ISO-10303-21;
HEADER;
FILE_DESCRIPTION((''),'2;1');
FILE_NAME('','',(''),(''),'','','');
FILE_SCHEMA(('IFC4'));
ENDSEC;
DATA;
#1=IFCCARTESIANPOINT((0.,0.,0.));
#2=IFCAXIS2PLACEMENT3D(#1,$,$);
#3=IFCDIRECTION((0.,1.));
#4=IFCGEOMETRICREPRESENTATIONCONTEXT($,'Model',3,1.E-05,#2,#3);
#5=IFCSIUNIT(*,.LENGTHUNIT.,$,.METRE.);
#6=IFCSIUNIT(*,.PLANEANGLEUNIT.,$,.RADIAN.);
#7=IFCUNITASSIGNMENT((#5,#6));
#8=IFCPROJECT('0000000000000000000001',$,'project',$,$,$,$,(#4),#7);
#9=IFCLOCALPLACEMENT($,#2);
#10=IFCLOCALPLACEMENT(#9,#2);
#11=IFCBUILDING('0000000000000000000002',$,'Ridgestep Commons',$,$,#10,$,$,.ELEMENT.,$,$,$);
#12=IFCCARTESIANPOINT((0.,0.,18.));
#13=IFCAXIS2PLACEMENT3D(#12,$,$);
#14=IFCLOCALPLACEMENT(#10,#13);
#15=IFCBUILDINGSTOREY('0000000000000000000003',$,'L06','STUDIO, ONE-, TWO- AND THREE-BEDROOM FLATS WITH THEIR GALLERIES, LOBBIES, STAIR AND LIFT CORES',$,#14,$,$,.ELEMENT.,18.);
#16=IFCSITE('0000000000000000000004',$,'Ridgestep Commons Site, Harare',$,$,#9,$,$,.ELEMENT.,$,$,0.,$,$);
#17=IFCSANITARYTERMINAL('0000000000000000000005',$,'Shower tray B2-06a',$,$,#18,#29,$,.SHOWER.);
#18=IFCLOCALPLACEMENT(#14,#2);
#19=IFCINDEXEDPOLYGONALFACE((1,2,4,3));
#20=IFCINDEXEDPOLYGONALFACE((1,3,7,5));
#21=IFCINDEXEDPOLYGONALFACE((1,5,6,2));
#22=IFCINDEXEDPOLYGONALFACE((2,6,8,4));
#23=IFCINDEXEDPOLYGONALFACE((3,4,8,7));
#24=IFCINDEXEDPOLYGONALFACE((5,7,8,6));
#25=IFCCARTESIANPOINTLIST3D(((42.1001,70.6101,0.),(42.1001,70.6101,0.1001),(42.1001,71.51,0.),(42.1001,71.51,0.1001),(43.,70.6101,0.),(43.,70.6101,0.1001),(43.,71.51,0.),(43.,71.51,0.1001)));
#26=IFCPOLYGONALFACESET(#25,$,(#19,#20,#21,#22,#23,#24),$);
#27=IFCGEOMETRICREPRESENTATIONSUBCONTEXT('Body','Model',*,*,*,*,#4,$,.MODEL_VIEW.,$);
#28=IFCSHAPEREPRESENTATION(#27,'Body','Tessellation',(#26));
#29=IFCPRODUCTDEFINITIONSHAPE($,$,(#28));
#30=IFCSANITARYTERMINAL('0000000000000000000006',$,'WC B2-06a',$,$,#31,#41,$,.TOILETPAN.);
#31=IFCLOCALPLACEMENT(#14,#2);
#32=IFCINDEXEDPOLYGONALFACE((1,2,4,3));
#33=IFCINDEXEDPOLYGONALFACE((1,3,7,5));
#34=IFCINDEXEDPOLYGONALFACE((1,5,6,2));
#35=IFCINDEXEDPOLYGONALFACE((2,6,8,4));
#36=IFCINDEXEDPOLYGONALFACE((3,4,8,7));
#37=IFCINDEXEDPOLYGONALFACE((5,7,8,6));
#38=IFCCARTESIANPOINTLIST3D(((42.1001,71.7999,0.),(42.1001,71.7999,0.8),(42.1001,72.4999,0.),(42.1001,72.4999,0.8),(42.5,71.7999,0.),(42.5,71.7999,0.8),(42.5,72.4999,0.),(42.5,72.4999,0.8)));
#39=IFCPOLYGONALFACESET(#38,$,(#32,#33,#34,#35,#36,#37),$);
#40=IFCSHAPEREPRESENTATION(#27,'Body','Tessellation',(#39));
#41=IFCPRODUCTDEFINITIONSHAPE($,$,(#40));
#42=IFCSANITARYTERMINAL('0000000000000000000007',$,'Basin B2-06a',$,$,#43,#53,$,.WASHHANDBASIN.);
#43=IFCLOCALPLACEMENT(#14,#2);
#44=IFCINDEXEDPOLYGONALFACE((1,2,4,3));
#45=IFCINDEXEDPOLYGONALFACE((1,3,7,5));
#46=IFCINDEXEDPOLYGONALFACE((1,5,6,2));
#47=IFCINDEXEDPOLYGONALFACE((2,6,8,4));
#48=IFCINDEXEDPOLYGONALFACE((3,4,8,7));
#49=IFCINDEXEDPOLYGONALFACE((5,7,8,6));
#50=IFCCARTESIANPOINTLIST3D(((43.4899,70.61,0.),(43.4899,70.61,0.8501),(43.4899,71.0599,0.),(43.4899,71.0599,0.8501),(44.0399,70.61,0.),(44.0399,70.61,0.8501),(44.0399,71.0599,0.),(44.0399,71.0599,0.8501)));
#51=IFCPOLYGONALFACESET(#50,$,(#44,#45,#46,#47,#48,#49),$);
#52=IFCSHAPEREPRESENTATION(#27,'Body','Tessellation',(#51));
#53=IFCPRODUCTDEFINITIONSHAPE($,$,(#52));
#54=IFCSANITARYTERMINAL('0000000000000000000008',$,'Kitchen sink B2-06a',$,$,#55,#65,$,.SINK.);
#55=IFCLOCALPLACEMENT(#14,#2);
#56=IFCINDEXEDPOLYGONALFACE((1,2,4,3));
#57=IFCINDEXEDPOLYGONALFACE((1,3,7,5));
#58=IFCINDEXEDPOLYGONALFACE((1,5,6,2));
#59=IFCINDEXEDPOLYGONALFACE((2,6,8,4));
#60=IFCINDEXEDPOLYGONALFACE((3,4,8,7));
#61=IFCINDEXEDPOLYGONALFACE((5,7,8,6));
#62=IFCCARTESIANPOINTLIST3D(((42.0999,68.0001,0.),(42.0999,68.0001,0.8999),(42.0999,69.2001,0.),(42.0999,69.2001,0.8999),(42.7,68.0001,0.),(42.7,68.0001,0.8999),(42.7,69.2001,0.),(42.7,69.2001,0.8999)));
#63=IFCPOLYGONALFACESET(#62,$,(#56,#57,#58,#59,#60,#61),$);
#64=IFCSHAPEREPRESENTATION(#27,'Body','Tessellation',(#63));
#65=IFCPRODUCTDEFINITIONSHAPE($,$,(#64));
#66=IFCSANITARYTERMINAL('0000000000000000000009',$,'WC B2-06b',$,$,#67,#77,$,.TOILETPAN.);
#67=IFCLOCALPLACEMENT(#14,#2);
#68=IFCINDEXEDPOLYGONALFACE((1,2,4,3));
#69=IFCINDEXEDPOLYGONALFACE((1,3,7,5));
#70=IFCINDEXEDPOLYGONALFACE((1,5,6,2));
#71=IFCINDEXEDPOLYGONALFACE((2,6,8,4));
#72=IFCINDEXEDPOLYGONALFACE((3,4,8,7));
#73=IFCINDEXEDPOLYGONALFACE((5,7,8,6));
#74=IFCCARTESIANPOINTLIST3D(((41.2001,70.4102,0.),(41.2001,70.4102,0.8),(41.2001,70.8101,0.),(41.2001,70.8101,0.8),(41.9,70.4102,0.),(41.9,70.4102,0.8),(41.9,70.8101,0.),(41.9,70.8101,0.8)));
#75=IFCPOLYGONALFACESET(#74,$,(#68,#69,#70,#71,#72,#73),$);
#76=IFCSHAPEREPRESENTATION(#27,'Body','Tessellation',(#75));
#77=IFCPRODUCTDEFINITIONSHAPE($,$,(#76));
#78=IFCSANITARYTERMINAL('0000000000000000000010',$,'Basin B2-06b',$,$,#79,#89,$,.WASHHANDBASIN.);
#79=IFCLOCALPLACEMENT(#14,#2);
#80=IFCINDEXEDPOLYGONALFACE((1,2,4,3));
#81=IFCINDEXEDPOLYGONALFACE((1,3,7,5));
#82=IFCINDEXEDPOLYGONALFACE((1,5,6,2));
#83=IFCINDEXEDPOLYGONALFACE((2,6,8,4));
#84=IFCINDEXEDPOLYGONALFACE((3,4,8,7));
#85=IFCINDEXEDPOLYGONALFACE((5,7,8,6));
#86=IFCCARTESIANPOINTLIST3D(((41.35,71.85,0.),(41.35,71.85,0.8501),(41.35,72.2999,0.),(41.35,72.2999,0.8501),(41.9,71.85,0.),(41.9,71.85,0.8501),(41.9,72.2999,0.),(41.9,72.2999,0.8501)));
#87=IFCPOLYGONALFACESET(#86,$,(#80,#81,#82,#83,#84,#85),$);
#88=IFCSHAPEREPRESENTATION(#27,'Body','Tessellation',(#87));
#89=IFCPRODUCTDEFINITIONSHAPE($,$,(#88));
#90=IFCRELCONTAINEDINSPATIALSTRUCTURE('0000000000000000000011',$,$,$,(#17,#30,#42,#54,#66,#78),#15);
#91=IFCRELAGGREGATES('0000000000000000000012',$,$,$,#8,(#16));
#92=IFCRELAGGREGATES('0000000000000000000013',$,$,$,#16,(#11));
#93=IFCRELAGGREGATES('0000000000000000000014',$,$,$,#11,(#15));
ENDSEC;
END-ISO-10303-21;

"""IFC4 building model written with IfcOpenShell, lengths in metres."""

from ifc_helpers import new_model, si_unit, direction, frame, origin, origin_2d, place, context, subcontext, project, spatial, rectangle, extrude, element, save


model = new_model("IFC4")

# Units and contexts
model_context = context("Model", 3, precision=1e-05, world=origin(), true_north=direction((0.0, 1.0)))
body_context = subcontext(model_context, "Body", "Model", "MODEL_VIEW")
ifc_project = project(units=[si_unit("LENGTHUNIT", "METRE"), si_unit("PLANEANGLEUNIT", "RADIAN")], contexts=[model_context])

# Site, building, storey
site_placement = place(None, origin())
site = spatial("IfcSite", under=ifc_project, at=site_placement, Name="Ridgestep Commons Site, Harare", CompositionType="ELEMENT", RefElevation=0.0)
building_placement = place(site_placement, origin())
building = spatial("IfcBuilding", under=site, at=building_placement, Name="Ridgestep Commons", CompositionType="ELEMENT")
storey_placement = place(building_placement, frame((0.0, 0.0, 18.0)))
storey = spatial("IfcBuildingStorey", under=building, at=storey_placement, Name="L06", Description="STUDIO, ONE-, TWO- AND THREE-BEDROOM FLATS WITH THEIR GALLERIES, LOBBIES, STAIR AND LIFT CORES", CompositionType="ELEMENT", Elevation=18.0)

# Sanitary terminals
sanitary_terminal_1_placement = place(storey_placement, frame((42.55, 71.0601, 0.0), z_axis=(0.0, 0.0, 1.0), x_axis=(1.0, 0.0, 0.0)))
element("IfcSanitaryTerminal", 1, at=sanitary_terminal_1_placement, inside=storey, Name="Shower tray B2-06a", PredefinedType="SHOWER", context=body_context, shape_type="SweptSolid", body=[
    extrude(rectangle(XDim=0.8999, YDim=0.8999, at=origin_2d()), origin(), (0.0, 0.0, 1.0), 0.1001),
])
sanitary_terminal_2_placement = place(storey_placement, frame((42.3, 72.1499, 0.0), z_axis=(0.0, 0.0, 1.0), x_axis=(1.0, 0.0, 0.0)))
element("IfcSanitaryTerminal", 2, at=sanitary_terminal_2_placement, inside=storey, Name="WC B2-06a", PredefinedType="TOILETPAN", context=body_context, shape_type="SweptSolid", body=[
    extrude(rectangle(XDim=0.3999, YDim=0.7, at=origin_2d()), origin(), (0.0, 0.0, 1.0), 0.8),
])
sanitary_terminal_3_placement = place(storey_placement, frame((43.7649, 70.835, 0.0), z_axis=(0.0, 0.0, 1.0), x_axis=(1.0, 0.0, 0.0)))
element("IfcSanitaryTerminal", 3, at=sanitary_terminal_3_placement, inside=storey, Name="Basin B2-06a", PredefinedType="WASHHANDBASIN", context=body_context, shape_type="SweptSolid", body=[
    extrude(rectangle(XDim=0.55, YDim=0.45, at=origin_2d()), origin(), (0.0, 0.0, 1.0), 0.8501),
])
sanitary_terminal_4_placement = place(storey_placement, frame((42.3999, 68.6001, 0.0), z_axis=(0.0, 0.0, 1.0), x_axis=(1.0, 0.0, 0.0)))
element("IfcSanitaryTerminal", 4, at=sanitary_terminal_4_placement, inside=storey, Name="Kitchen sink B2-06a", PredefinedType="SINK", context=body_context, shape_type="SweptSolid", body=[
    extrude(rectangle(XDim=0.6001, YDim=1.2, at=origin_2d()), origin(), (0.0, 0.0, 1.0), 0.8999),
])
sanitary_terminal_5_placement = place(storey_placement, frame((41.55, 70.6101, 0.0), z_axis=(0.0, 0.0, 1.0), x_axis=(1.0, 0.0, 0.0)))
element("IfcSanitaryTerminal", 5, at=sanitary_terminal_5_placement, inside=storey, Name="WC B2-06b", PredefinedType="TOILETPAN", context=body_context, shape_type="SweptSolid", body=[
    extrude(rectangle(XDim=0.7, YDim=0.3999, at=origin_2d()), origin(), (0.0, 0.0, 1.0), 0.8),
])
sanitary_terminal_6_placement = place(storey_placement, frame((41.625, 72.075, 0.0), z_axis=(0.0, 0.0, 1.0), x_axis=(1.0, 0.0, 0.0)))
element("IfcSanitaryTerminal", 6, at=sanitary_terminal_6_placement, inside=storey, Name="Basin B2-06b", PredefinedType="WASHHANDBASIN", context=body_context, shape_type="SweptSolid", body=[
    extrude(rectangle(XDim=0.55, YDim=0.45, at=origin_2d()), origin(), (0.0, 0.0, 1.0), 0.8501),
])

save(model, "model.ifc")
